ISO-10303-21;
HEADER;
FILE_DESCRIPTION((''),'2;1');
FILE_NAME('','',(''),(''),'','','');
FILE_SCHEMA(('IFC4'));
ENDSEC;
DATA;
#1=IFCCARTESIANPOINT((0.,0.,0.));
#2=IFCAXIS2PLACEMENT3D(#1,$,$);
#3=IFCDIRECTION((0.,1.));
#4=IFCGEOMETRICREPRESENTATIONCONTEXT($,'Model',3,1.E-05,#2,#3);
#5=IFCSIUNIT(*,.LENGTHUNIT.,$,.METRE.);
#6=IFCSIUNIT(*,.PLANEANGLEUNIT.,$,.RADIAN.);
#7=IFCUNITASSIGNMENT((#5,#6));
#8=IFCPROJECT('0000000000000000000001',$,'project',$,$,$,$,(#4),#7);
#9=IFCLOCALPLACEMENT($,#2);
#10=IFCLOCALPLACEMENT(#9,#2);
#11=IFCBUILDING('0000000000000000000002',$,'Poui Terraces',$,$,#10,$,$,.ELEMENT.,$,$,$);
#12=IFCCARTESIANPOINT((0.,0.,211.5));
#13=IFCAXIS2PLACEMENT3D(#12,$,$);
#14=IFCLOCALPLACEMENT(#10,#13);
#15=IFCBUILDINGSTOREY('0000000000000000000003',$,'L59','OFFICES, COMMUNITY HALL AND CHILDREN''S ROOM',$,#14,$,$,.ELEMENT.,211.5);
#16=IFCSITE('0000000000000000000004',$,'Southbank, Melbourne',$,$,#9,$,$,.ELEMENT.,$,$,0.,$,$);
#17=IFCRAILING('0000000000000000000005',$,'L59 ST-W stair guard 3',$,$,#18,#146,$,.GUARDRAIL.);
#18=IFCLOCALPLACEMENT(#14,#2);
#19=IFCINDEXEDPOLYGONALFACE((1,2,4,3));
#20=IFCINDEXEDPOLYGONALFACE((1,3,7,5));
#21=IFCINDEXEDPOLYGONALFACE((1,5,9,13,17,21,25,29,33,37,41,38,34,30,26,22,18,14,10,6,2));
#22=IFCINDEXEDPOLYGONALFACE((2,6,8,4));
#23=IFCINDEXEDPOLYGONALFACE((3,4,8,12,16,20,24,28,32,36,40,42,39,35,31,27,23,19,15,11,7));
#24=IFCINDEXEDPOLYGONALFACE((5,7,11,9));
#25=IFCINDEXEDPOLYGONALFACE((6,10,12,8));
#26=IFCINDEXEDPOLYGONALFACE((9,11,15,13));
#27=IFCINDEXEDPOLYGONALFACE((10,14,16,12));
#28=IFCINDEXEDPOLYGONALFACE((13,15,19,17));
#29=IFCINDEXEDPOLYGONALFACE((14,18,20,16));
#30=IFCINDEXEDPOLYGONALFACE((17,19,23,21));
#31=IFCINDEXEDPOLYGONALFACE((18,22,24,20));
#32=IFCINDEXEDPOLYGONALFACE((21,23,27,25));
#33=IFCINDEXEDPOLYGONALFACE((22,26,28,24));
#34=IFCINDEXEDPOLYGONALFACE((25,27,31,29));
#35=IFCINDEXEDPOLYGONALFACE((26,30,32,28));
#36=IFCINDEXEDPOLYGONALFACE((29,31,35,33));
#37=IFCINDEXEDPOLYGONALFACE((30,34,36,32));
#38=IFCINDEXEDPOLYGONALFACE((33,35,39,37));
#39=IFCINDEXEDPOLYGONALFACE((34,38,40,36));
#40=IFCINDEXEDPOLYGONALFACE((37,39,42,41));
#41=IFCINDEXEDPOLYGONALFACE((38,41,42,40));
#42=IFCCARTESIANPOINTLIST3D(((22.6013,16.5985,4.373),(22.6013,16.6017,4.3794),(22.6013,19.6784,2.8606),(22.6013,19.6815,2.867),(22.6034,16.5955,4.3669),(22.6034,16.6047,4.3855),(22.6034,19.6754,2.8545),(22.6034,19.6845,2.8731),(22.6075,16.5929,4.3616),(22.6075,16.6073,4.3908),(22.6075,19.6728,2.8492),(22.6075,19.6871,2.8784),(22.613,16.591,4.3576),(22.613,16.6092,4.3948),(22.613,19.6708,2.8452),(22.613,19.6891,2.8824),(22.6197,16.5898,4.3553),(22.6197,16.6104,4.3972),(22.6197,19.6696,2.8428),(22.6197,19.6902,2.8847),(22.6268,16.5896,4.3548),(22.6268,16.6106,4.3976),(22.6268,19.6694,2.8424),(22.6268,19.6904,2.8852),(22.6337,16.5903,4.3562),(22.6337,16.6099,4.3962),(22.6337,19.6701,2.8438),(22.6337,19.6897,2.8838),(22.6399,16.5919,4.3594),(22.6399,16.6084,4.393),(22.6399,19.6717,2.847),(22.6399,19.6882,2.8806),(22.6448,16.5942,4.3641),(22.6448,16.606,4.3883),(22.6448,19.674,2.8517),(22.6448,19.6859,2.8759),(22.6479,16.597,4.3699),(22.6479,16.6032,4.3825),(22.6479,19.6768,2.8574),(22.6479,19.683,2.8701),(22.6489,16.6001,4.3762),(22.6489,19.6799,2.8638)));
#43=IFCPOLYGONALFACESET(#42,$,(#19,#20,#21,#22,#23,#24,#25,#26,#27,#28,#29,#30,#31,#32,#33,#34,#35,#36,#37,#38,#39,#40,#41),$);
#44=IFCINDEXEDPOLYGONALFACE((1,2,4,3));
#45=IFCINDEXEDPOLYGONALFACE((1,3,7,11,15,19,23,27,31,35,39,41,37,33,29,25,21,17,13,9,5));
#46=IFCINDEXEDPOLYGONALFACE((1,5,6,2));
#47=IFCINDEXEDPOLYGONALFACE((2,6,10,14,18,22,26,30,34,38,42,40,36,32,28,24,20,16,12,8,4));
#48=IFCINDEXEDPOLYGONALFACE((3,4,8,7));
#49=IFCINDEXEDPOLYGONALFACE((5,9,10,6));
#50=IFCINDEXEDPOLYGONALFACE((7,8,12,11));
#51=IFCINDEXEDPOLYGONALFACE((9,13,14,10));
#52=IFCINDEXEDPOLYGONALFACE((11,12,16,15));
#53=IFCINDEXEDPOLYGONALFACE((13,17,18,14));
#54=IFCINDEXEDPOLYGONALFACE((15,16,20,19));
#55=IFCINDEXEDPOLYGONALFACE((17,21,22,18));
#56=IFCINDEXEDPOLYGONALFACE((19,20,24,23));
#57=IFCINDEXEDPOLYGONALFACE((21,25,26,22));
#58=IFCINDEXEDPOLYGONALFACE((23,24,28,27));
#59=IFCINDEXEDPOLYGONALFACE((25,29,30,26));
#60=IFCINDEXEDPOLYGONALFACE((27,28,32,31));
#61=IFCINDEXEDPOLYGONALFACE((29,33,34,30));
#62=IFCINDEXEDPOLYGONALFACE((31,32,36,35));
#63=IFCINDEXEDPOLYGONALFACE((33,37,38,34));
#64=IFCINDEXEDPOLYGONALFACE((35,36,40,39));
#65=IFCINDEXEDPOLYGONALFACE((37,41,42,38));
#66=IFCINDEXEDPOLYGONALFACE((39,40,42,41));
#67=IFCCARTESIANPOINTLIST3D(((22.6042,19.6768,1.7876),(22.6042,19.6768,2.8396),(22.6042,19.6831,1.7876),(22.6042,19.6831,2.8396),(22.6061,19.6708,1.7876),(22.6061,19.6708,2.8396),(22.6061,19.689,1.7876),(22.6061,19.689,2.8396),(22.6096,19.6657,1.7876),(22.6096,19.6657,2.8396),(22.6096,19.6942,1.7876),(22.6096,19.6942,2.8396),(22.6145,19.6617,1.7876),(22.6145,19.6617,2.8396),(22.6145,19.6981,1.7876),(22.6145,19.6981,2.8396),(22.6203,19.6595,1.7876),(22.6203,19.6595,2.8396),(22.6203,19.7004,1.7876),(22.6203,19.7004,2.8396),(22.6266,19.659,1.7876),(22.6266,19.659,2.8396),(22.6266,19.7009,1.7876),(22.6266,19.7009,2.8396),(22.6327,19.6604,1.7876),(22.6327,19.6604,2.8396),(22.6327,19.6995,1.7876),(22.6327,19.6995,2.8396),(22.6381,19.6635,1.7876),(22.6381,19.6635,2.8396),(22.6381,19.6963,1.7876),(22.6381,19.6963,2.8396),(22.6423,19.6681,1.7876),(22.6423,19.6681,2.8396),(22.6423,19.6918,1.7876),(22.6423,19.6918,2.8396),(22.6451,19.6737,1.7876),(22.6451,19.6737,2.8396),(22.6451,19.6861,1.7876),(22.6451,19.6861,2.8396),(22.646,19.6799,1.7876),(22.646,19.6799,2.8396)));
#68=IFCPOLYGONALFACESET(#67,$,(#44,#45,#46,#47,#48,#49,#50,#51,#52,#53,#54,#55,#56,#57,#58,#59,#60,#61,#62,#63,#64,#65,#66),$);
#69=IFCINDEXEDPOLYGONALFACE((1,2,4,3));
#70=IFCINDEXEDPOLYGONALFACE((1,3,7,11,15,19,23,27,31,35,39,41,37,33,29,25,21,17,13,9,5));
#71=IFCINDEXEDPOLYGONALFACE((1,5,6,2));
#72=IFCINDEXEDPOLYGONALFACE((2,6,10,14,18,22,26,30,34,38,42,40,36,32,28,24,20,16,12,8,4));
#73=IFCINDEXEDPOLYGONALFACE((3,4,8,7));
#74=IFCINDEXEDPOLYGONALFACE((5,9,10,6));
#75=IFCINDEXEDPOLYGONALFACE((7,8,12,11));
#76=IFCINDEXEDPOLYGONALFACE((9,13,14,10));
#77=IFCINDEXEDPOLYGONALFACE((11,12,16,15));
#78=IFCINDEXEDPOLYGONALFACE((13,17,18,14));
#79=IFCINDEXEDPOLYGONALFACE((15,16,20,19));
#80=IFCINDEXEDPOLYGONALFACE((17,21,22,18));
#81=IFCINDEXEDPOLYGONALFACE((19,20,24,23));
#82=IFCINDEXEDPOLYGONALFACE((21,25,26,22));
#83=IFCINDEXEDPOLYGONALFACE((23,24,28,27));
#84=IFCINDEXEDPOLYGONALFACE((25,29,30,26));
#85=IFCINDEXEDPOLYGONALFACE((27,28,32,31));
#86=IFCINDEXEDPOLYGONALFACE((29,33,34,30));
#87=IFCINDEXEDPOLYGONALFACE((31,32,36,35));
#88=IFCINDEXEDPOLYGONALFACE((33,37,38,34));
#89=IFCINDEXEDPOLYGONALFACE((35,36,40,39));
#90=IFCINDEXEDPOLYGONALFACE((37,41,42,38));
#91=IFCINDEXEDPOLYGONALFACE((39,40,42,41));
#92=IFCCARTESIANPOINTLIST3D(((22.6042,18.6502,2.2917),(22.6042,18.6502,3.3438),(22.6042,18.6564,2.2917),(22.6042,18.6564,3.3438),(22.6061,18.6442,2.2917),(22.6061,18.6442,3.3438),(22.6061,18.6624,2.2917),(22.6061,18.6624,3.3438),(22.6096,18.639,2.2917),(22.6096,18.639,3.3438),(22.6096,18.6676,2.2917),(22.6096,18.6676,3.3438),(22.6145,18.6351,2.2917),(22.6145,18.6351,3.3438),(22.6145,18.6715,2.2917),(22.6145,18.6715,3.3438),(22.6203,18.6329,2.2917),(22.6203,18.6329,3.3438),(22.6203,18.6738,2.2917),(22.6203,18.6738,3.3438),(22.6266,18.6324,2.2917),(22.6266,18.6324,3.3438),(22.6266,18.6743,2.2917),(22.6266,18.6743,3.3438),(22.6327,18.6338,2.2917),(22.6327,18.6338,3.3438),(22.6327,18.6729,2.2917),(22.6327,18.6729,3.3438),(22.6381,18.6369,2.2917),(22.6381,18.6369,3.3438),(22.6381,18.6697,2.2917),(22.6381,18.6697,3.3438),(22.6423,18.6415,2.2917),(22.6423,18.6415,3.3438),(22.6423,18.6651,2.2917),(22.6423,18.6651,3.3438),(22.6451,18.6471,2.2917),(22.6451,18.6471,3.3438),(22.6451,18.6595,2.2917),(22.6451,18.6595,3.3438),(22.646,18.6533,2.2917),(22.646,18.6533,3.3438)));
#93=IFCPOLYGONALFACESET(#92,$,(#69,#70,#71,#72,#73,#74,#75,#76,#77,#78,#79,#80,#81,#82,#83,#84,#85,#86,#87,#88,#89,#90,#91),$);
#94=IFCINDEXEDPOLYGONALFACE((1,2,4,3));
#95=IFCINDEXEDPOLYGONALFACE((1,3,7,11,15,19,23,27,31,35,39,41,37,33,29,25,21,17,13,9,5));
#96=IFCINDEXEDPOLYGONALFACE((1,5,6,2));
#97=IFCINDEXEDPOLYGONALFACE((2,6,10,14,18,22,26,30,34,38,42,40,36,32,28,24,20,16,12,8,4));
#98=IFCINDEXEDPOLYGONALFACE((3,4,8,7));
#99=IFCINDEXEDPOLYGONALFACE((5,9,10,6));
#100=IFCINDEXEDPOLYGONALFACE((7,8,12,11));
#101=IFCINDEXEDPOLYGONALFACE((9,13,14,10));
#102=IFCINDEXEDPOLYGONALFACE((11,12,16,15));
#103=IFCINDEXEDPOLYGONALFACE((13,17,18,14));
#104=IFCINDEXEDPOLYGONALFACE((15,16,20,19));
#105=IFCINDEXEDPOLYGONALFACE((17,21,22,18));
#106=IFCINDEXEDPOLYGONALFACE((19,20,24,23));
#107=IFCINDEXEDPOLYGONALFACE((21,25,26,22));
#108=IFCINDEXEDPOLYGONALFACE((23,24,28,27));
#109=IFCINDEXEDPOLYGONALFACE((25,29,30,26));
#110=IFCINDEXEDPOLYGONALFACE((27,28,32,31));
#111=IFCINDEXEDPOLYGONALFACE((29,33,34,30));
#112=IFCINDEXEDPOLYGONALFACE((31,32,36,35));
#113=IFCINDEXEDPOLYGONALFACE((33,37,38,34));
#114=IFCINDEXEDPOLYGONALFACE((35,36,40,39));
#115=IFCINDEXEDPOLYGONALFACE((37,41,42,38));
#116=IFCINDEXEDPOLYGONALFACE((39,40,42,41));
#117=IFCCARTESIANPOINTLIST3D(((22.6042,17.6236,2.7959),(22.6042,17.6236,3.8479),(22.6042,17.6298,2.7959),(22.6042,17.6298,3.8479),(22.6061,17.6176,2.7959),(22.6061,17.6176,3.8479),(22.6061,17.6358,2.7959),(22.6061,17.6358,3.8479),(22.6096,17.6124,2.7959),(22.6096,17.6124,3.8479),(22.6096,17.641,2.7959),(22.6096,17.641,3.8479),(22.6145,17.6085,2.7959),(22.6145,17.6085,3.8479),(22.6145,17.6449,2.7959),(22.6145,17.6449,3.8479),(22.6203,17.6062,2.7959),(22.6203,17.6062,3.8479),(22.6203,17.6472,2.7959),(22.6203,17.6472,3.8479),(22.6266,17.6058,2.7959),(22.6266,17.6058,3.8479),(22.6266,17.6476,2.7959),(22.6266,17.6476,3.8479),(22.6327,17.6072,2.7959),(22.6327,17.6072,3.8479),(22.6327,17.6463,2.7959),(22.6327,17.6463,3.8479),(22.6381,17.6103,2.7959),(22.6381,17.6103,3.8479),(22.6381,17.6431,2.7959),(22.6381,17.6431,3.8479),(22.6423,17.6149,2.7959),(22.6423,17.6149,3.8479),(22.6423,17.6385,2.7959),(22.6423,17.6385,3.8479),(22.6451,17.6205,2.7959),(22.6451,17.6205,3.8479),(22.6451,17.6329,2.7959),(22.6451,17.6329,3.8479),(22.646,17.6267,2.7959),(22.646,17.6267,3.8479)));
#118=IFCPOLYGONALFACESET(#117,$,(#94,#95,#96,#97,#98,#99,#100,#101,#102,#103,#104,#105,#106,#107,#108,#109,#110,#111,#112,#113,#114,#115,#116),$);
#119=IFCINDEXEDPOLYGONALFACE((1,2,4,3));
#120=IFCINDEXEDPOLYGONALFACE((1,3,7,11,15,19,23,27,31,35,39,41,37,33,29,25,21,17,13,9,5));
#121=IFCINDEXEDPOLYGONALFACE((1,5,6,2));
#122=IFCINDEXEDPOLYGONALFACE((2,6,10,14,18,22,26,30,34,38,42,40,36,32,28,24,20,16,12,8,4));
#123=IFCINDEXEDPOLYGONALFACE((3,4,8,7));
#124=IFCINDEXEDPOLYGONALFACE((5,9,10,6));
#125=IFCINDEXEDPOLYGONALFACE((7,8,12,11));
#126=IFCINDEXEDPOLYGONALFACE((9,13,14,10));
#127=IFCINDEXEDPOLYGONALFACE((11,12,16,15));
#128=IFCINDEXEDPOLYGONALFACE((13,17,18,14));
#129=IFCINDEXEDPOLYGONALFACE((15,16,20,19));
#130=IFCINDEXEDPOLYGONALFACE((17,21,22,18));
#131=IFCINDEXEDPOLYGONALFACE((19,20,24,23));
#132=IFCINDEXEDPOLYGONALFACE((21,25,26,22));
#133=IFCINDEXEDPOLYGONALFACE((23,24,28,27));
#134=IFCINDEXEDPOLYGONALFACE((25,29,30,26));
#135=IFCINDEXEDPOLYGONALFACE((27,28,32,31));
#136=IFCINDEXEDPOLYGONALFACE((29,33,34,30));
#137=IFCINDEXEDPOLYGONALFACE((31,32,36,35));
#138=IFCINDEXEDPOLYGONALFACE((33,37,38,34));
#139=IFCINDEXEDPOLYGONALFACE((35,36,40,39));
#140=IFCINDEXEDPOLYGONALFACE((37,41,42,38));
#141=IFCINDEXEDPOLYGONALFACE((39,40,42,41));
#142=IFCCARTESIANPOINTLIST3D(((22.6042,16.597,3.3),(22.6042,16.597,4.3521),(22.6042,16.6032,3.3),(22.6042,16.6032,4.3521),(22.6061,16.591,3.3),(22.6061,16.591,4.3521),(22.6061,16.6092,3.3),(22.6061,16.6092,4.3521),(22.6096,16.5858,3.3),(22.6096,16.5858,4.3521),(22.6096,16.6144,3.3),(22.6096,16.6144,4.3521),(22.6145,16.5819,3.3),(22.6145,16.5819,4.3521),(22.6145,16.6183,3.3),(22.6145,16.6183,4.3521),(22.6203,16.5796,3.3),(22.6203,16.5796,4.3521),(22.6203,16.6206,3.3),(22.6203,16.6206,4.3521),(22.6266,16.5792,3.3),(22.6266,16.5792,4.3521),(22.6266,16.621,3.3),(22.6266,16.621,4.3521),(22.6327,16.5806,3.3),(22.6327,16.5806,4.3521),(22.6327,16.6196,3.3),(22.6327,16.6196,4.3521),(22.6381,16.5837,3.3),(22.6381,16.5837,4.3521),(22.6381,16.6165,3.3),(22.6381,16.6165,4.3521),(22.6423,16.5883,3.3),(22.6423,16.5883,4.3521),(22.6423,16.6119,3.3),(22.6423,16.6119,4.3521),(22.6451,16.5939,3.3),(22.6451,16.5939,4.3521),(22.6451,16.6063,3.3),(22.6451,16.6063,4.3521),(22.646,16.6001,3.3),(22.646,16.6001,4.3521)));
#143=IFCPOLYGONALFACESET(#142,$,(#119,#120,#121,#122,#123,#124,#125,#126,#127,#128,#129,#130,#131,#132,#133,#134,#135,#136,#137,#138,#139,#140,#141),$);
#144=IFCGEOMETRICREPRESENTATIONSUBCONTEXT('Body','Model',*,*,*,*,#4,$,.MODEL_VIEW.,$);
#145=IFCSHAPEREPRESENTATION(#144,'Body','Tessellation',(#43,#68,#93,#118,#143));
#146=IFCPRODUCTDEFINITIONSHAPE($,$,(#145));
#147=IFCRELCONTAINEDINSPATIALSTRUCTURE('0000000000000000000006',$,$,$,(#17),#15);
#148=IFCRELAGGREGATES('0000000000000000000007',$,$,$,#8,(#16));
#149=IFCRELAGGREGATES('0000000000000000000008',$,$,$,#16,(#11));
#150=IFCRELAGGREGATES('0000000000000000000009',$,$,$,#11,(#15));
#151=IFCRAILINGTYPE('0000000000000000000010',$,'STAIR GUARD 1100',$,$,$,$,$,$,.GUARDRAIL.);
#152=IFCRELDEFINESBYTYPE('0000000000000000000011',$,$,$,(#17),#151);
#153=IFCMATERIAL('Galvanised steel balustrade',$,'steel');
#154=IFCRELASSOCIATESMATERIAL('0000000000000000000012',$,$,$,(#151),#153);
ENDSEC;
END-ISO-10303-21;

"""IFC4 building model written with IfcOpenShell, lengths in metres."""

from ifc_helpers import new_model, si_unit, direction, frame, origin, origin_2d, place, context, subcontext, project, spatial, circle, extrude, material, type_object, element, save


model = new_model("IFC4")

# Units and contexts
model_context = context("Model", 3, precision=1e-05, world=origin(), true_north=direction((0.0, 1.0)))
body_context = subcontext(model_context, "Body", "Model", "MODEL_VIEW")
ifc_project = project(units=[si_unit("LENGTHUNIT", "METRE"), si_unit("PLANEANGLEUNIT", "RADIAN")], contexts=[model_context])

# Site, building, storey
site_placement = place(None, origin())
site = spatial("IfcSite", under=ifc_project, at=site_placement, Name="Southbank, Melbourne", CompositionType="ELEMENT", RefElevation=0.0)
building_placement = place(site_placement, origin())
building = spatial("IfcBuilding", under=site, at=building_placement, Name="Poui Terraces", CompositionType="ELEMENT")
storey_placement = place(building_placement, frame((0.0, 0.0, 211.5)))
storey = spatial("IfcBuildingStorey", under=building, at=storey_placement, Name="L59", Description="OFFICES, COMMUNITY HALL AND CHILDREN'S ROOM", CompositionType="ELEMENT", Elevation=211.5)

# Railing
ifc_material_1 = material(Name="Galvanised steel balustrade", Category="steel")
railing_type_1 = type_object("IfcRailingType", Name="STAIR GUARD 1100", PredefinedType="GUARDRAIL", material=ifc_material_1)
railing_1_placement = place(storey_placement, frame((22.625, 19.6799, 1.7876)))
element("IfcRailing", 1, at=railing_1_placement, inside=storey, type_object=railing_type_1, Name="L59 ST-W stair guard 3", PredefinedType="GUARDRAIL", context=body_context, shape_type="SweptSolid", body=[
    extrude(circle(Radius=0.0239, at=origin_2d()), frame((0.0, 0.0, 1.0762), z_axis=(0.0, -0.897606, 0.440798), x_axis=(1.0, 0.0, 0.0)), (0.0, 0.0, 1.0), 3.4312),
    extrude(circle(Radius=0.021, at=origin_2d()), origin(), (0.0, 0.0, 1.0), 1.052),
    extrude(circle(Radius=0.021, at=origin_2d()), frame((0.0, -1.0266, 0.5042)), (0.0, 0.0, 1.0), 1.052),
    extrude(circle(Radius=0.021, at=origin_2d()), frame((0.0, -2.0532, 1.0083)), (0.0, 0.0, 1.0), 1.052),
    extrude(circle(Radius=0.021, at=origin_2d()), frame((0.0, -3.0798, 1.5125)), (0.0, 0.0, 1.0), 1.052),
])

save(model, "model.ifc")
